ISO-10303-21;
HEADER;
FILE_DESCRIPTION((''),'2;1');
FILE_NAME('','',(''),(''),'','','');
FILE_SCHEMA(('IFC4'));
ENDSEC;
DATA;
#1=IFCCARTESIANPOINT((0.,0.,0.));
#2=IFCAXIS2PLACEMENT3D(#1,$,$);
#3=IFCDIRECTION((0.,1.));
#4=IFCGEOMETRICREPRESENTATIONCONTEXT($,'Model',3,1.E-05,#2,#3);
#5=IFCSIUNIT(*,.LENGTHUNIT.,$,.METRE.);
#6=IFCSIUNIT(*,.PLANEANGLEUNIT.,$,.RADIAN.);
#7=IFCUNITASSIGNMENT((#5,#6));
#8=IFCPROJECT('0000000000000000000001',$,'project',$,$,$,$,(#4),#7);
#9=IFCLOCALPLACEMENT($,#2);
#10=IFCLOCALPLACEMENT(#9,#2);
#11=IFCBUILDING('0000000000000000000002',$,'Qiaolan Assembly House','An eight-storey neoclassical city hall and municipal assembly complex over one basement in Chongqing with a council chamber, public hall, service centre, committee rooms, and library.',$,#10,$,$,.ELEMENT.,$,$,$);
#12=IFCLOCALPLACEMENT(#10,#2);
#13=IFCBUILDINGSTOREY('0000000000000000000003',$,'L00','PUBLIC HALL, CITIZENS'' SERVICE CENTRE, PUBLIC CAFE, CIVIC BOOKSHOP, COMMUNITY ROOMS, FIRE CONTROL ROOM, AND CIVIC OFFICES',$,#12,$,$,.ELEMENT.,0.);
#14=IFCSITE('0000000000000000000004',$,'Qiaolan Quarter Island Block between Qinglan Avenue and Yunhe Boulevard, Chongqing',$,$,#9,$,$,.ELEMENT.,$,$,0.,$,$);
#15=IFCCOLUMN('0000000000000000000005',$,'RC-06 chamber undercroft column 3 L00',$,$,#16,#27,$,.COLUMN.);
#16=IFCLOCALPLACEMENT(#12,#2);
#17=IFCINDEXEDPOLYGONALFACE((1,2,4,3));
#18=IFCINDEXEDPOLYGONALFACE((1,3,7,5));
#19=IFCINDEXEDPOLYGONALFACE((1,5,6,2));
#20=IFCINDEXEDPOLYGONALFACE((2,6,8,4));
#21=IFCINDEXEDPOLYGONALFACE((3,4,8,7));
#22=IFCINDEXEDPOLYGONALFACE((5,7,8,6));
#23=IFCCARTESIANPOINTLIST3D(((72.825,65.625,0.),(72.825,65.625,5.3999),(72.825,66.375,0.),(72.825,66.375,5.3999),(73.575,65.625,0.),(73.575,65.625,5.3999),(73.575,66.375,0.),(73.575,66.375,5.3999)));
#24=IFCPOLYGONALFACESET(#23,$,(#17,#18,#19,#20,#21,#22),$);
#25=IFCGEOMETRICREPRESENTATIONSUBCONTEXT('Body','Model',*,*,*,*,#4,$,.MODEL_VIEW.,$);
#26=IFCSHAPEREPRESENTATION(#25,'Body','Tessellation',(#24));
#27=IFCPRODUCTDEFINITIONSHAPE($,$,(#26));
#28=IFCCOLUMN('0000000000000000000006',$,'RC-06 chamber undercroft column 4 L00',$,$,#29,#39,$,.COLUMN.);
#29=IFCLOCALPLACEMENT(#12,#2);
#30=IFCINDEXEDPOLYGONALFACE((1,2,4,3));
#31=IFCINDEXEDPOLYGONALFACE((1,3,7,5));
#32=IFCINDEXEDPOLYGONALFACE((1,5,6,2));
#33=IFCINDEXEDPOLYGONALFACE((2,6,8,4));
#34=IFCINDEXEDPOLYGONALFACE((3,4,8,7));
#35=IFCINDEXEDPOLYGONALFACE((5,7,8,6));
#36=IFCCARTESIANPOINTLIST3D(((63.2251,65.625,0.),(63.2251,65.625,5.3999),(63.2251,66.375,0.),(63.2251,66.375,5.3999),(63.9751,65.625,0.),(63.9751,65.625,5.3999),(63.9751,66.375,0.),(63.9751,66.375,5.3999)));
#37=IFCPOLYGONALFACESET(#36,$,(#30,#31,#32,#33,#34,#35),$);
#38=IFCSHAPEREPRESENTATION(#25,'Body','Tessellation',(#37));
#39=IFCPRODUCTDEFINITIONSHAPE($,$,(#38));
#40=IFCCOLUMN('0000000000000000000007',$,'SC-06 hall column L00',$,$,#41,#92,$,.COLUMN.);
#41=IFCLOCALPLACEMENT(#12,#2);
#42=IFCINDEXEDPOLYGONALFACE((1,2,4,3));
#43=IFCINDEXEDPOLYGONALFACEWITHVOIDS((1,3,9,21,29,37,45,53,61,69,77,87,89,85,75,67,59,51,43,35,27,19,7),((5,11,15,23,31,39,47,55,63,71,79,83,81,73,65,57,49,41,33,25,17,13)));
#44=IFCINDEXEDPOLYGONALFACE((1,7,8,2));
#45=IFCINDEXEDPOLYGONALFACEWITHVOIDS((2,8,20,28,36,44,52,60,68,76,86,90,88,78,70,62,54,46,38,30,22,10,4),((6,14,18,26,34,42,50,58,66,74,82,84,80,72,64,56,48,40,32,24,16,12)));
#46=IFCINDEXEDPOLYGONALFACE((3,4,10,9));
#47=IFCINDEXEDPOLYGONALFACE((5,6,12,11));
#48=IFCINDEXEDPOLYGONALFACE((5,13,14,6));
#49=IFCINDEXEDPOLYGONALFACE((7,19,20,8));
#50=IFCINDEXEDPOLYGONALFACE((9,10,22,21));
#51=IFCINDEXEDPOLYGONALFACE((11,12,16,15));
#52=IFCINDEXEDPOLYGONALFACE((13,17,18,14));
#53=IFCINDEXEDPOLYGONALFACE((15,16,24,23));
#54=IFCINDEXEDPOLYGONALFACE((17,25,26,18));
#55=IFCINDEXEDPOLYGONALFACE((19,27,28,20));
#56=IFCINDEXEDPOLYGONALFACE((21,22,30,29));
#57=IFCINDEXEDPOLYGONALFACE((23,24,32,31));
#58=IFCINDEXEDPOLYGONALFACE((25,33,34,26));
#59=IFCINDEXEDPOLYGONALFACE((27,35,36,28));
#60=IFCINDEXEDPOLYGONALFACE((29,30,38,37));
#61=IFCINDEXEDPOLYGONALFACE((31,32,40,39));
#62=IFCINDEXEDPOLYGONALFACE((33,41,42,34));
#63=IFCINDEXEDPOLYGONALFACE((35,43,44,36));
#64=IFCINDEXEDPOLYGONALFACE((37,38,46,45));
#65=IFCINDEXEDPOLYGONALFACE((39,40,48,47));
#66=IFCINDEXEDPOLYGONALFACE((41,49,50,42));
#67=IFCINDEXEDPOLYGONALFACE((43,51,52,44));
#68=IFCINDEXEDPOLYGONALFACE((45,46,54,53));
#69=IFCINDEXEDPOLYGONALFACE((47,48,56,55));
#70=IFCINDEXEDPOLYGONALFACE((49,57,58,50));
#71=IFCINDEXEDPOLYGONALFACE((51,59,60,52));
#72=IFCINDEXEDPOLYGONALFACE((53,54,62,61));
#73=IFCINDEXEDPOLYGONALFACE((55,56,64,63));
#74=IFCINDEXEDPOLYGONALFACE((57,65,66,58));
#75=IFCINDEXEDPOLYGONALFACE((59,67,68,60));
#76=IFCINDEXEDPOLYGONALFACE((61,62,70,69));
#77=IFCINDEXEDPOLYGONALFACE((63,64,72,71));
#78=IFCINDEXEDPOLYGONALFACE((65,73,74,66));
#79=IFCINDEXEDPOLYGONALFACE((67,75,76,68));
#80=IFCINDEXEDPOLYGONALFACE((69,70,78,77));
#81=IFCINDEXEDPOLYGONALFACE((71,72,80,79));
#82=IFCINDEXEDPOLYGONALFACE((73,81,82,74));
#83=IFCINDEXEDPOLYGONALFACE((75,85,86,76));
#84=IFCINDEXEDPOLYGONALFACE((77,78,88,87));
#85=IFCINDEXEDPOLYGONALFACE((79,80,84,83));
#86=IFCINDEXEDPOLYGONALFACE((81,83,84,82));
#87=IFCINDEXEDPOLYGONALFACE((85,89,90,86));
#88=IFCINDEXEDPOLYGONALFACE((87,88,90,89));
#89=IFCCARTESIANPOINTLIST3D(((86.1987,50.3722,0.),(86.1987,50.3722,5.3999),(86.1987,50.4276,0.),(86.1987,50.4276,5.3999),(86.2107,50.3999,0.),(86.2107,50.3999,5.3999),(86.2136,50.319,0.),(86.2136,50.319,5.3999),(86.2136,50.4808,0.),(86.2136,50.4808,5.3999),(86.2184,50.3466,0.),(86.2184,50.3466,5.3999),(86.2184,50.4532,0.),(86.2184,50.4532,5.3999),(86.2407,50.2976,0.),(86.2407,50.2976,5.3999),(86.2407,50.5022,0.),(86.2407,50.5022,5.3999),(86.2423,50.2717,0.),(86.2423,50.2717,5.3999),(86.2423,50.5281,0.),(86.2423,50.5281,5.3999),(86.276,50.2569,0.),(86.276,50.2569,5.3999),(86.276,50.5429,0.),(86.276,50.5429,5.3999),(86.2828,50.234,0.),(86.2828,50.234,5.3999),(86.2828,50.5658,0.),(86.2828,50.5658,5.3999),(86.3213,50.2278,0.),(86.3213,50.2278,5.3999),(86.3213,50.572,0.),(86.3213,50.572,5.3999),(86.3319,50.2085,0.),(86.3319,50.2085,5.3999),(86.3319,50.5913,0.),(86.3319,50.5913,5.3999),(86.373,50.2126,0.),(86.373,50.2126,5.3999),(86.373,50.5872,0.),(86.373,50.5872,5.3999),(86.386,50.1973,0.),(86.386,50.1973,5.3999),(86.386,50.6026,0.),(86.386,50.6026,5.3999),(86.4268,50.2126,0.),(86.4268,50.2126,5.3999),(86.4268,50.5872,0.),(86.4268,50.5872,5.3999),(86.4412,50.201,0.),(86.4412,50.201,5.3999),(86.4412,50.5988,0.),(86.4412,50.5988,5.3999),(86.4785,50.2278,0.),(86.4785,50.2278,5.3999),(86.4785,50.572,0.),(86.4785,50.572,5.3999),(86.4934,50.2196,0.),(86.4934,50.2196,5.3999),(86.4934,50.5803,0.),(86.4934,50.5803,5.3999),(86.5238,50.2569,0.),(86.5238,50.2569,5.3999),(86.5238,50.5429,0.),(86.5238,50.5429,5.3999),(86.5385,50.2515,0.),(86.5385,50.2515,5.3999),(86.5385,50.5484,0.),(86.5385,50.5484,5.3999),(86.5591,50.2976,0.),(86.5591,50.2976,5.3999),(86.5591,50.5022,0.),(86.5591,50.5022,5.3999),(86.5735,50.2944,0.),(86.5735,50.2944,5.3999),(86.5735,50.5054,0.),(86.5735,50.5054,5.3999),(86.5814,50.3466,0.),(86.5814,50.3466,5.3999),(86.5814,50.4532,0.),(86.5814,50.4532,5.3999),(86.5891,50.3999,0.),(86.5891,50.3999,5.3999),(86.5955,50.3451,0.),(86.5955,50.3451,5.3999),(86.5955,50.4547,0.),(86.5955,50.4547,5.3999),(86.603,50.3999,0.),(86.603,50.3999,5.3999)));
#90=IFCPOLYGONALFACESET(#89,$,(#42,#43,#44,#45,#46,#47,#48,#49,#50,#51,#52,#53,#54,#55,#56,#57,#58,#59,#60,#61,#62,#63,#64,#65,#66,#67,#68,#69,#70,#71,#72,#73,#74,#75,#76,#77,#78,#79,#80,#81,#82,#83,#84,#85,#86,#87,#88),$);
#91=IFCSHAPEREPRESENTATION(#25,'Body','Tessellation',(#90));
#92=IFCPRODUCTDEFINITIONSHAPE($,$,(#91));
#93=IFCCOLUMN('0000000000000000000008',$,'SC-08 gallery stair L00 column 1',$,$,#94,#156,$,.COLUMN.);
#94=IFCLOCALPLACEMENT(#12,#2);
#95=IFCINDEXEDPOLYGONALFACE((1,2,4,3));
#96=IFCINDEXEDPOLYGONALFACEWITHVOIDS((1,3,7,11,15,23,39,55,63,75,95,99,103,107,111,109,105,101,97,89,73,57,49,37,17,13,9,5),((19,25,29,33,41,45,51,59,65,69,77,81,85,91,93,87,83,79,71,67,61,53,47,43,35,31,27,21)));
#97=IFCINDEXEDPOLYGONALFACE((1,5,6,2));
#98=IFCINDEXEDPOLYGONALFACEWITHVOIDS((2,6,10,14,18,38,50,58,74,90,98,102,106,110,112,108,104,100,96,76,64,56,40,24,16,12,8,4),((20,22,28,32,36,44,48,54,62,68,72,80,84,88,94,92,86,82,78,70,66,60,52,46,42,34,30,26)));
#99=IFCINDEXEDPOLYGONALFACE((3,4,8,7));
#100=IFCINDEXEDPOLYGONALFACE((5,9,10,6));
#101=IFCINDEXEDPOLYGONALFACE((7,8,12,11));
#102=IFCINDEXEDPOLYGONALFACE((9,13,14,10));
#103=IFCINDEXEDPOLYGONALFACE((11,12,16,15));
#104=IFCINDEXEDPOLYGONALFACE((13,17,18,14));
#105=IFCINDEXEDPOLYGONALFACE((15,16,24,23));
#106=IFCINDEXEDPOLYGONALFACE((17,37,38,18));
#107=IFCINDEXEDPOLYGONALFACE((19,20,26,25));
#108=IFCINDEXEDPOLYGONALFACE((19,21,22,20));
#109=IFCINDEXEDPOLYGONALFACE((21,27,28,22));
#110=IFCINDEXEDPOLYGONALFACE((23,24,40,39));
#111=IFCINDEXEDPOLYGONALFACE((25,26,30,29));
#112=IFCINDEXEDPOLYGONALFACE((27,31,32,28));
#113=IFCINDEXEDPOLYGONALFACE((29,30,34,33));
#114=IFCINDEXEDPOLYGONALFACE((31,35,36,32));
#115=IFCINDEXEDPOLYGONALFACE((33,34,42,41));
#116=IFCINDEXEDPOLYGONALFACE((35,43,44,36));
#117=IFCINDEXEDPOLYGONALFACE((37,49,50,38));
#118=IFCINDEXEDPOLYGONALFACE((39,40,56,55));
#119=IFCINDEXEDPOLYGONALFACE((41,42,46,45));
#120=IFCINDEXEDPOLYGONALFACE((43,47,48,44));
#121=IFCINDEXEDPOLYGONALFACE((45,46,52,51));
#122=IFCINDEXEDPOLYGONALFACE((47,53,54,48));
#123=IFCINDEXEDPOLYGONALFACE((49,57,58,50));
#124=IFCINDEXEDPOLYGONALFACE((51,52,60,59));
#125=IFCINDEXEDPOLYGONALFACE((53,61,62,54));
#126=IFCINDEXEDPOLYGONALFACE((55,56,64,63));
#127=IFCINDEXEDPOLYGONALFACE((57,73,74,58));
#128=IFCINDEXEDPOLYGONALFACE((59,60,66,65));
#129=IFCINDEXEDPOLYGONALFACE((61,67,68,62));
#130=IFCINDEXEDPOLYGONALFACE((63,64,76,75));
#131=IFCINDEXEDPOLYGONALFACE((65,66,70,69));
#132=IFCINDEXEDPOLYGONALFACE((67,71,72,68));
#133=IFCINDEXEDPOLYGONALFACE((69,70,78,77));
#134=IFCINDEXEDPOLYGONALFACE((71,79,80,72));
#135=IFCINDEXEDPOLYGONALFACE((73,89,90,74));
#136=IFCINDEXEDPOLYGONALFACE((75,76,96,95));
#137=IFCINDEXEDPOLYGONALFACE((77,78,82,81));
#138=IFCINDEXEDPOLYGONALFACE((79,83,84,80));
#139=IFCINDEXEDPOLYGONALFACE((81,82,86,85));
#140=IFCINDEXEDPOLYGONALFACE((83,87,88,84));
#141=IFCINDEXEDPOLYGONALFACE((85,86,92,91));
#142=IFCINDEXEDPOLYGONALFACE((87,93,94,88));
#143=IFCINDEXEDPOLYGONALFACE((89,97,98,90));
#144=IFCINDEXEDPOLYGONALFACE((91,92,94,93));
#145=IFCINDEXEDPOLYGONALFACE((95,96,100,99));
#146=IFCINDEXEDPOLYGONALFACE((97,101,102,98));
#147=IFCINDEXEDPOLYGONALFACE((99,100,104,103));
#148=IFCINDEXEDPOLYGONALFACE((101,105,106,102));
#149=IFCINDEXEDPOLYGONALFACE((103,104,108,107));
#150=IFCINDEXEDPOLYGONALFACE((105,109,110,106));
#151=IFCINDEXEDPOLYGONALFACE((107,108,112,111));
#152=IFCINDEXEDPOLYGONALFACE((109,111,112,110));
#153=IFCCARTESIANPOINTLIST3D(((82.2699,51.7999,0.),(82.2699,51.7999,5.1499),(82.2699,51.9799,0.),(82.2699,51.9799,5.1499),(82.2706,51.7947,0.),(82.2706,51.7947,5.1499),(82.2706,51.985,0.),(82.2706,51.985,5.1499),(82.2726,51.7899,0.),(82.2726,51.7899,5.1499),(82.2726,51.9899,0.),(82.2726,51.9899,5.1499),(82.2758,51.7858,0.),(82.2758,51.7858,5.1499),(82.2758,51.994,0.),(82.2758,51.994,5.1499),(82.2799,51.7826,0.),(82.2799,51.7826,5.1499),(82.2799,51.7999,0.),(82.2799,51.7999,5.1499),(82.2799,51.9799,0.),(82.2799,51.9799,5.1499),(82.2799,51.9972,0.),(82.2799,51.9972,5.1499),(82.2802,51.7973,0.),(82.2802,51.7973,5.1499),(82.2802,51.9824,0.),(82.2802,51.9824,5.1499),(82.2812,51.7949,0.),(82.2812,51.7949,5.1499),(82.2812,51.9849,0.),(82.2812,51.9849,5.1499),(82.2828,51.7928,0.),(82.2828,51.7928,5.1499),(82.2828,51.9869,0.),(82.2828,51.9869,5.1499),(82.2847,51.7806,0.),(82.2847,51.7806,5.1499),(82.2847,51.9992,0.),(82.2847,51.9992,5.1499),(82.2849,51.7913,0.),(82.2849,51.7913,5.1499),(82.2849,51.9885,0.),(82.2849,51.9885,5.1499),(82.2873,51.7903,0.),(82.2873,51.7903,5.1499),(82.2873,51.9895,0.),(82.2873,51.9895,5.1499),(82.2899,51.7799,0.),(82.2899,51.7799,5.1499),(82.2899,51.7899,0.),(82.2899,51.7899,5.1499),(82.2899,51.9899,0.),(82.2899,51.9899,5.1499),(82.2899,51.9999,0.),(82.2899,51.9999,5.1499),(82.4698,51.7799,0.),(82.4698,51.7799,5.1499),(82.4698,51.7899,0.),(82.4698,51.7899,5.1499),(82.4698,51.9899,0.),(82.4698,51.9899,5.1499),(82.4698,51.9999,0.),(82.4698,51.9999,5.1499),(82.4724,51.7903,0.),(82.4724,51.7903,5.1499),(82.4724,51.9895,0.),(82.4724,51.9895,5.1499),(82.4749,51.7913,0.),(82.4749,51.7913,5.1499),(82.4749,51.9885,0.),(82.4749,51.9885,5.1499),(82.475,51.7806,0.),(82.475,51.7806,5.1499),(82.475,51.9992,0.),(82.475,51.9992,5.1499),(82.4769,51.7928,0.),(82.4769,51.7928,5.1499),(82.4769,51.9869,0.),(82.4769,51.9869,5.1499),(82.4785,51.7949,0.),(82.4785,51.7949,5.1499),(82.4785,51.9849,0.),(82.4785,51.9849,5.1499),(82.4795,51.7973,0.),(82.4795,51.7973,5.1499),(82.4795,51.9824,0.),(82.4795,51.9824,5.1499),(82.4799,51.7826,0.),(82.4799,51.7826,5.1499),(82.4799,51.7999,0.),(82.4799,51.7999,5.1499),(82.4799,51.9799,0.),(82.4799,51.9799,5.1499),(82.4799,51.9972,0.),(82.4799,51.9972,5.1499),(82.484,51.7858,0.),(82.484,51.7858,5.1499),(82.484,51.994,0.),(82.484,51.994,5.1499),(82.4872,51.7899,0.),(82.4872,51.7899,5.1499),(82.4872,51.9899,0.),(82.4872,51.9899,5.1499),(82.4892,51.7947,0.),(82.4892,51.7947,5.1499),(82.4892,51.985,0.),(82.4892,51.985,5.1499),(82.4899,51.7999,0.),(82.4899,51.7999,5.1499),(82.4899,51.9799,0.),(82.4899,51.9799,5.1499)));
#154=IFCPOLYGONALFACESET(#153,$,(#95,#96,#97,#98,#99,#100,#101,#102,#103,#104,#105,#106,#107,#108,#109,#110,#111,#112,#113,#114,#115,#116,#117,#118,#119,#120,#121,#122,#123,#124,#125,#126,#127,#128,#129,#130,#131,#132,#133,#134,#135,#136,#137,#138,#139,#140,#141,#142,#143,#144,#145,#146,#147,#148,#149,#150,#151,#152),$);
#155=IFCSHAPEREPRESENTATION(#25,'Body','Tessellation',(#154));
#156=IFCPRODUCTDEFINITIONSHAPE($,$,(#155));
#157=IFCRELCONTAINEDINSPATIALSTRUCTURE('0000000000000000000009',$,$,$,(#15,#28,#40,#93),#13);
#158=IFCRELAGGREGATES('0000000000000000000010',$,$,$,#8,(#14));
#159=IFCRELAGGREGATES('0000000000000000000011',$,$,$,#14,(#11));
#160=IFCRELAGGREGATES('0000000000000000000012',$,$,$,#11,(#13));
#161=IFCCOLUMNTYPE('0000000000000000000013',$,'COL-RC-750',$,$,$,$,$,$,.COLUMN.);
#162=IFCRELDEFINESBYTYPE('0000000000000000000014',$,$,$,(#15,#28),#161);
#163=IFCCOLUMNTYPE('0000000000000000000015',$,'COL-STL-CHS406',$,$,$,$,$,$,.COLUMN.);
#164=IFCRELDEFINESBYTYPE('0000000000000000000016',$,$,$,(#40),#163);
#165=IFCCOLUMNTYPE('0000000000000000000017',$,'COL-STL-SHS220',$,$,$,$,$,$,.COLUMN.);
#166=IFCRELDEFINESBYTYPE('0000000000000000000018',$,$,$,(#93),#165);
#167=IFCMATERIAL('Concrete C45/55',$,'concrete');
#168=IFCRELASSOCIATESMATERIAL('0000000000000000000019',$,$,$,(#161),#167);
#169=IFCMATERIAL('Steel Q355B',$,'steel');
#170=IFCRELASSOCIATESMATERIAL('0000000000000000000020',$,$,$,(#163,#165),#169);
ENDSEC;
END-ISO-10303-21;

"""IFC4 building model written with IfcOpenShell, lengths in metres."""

from ifc_helpers import new_model, si_unit, direction, frame, origin, origin_2d, place, context, subcontext, project, spatial, rectangle, hollow_rectangle, hollow_circle, extrude, material, material_profile, profile_set, type_object, element, save


model = new_model("IFC4")

# Units and contexts
model_context = context("Model", 3, precision=1e-05, world=origin(), true_north=direction((0.0, 1.0)))
body_context = subcontext(model_context, "Body", "Model", "MODEL_VIEW")
ifc_project = project(units=[si_unit("LENGTHUNIT", "METRE"), si_unit("PLANEANGLEUNIT", "RADIAN")], contexts=[model_context])

# Site, building, storey
site_placement = place(None, origin())
site = spatial("IfcSite", under=ifc_project, at=site_placement, Name="Qiaolan Quarter Island Block between Qinglan Avenue and Yunhe Boulevard, Chongqing", CompositionType="ELEMENT", RefElevation=0.0)
building_placement = place(site_placement, origin())
building = spatial("IfcBuilding", under=site, at=building_placement, Name="Qiaolan Assembly House", Description="An eight-storey neoclassical city hall and municipal assembly complex over one basement in Chongqing with a council chamber, public hall, service centre, committee rooms, and library.", CompositionType="ELEMENT")
storey_placement = place(building_placement, origin())
storey = spatial("IfcBuildingStorey", under=building, at=storey_placement, Name="L00", Description="PUBLIC HALL, CITIZENS' SERVICE CENTRE, PUBLIC CAFE, CIVIC BOOKSHOP, COMMUNITY ROOMS, FIRE CONTROL ROOM, AND CIVIC OFFICES", CompositionType="ELEMENT", Elevation=0.0)

# Columns
ifc_material_1 = material(Name="Concrete C45/55", Category="concrete")
ifc_material_profile_1 = material_profile(ifc_material_1, rectangle(XDim=0.75, YDim=0.75, at=origin_2d()), Name="RC 750x750")
ifc_profile_set_1 = profile_set([ifc_material_profile_1], Name="Concrete C45/55")
column_type_1 = type_object("IfcColumnType", Name="COL-RC-750", PredefinedType="COLUMN", material=ifc_profile_set_1)
for number, where, z_axis, x_axis, name in (
    (1, (73.2, 66.0, 0.0), (0.0, 0.0, 1.0), (1.0, 0.0, 0.0), "RC-06 chamber undercroft column 3 L00"),
    (2, (63.6001, 66.0, 0.0), (0.0, 0.0, 1.0), (1.0, 0.0, 0.0), "RC-06 chamber undercroft column 4 L00"),
):
    element("IfcColumn", number, at=place(storey_placement, frame(where, z_axis=z_axis, x_axis=x_axis)), inside=storey, type_object=column_type_1, Name=name, PredefinedType="COLUMN", context=body_context, shape_type="SweptSolid", body=[
        extrude(rectangle(XDim=0.75, YDim=0.75, at=origin_2d()), origin(), (0.0, 0.0, 1.0), 5.3999),
    ])
ifc_material_2 = material(Name="Steel Q355B", Category="steel")
ifc_material_profile_2 = material_profile(ifc_material_2, hollow_circle(Radius=0.2031, WallThickness=0.0139, at=origin_2d()), Name="CHS 406.4x14")
ifc_profile_set_2 = profile_set([ifc_material_profile_2], Name="Steel Q355B")
column_type_2 = type_object("IfcColumnType", Name="COL-STL-CHS406", PredefinedType="COLUMN", material=ifc_profile_set_2)
column_placement = place(storey_placement, frame((86.3999, 50.3999, 0.0), z_axis=(0.0, 0.0, 1.0), x_axis=(1.0, 0.0, 0.0)))
element("IfcColumn", 3, at=column_placement, inside=storey, type_object=column_type_2, Name="SC-06 hall column L00", PredefinedType="COLUMN", context=body_context, shape_type="SweptSolid", body=[
    extrude(hollow_circle(Radius=0.2031, WallThickness=0.0139, at=origin_2d()), origin(), (0.0, 0.0, 1.0), 5.3999),
])
ifc_material_profile_3 = material_profile(ifc_material_2, hollow_rectangle(XDim=0.22, YDim=0.22, WallThickness=0.01, InnerFilletRadius=0.01, OuterFilletRadius=0.02, at=origin_2d()), Name="SHS 220x220x10")
ifc_profile_set_3 = profile_set([ifc_material_profile_3], Name="Steel Q355B")
column_type_3 = type_object("IfcColumnType", Name="COL-STL-SHS220", PredefinedType="COLUMN", material=ifc_profile_set_3)
for number, where, z_axis, x_axis, name in (
    (4, (82.3799, 51.8899, 0.0), (0.0, 0.0, 1.0), (1.0, 0.0, 0.0), "SC-08 gallery stair L00 column 1"),
):
    element("IfcColumn", number, at=place(storey_placement, frame(where, z_axis=z_axis, x_axis=x_axis)), inside=storey, type_object=column_type_3, Name=name, PredefinedType="COLUMN", context=body_context, shape_type="SweptSolid", body=[
        extrude(hollow_rectangle(XDim=0.22, YDim=0.22, WallThickness=0.01, InnerFilletRadius=0.01, OuterFilletRadius=0.02, at=origin_2d()), origin(), (0.0, 0.0, 1.0), 5.1499),
    ])

save(model, "model.ifc")
